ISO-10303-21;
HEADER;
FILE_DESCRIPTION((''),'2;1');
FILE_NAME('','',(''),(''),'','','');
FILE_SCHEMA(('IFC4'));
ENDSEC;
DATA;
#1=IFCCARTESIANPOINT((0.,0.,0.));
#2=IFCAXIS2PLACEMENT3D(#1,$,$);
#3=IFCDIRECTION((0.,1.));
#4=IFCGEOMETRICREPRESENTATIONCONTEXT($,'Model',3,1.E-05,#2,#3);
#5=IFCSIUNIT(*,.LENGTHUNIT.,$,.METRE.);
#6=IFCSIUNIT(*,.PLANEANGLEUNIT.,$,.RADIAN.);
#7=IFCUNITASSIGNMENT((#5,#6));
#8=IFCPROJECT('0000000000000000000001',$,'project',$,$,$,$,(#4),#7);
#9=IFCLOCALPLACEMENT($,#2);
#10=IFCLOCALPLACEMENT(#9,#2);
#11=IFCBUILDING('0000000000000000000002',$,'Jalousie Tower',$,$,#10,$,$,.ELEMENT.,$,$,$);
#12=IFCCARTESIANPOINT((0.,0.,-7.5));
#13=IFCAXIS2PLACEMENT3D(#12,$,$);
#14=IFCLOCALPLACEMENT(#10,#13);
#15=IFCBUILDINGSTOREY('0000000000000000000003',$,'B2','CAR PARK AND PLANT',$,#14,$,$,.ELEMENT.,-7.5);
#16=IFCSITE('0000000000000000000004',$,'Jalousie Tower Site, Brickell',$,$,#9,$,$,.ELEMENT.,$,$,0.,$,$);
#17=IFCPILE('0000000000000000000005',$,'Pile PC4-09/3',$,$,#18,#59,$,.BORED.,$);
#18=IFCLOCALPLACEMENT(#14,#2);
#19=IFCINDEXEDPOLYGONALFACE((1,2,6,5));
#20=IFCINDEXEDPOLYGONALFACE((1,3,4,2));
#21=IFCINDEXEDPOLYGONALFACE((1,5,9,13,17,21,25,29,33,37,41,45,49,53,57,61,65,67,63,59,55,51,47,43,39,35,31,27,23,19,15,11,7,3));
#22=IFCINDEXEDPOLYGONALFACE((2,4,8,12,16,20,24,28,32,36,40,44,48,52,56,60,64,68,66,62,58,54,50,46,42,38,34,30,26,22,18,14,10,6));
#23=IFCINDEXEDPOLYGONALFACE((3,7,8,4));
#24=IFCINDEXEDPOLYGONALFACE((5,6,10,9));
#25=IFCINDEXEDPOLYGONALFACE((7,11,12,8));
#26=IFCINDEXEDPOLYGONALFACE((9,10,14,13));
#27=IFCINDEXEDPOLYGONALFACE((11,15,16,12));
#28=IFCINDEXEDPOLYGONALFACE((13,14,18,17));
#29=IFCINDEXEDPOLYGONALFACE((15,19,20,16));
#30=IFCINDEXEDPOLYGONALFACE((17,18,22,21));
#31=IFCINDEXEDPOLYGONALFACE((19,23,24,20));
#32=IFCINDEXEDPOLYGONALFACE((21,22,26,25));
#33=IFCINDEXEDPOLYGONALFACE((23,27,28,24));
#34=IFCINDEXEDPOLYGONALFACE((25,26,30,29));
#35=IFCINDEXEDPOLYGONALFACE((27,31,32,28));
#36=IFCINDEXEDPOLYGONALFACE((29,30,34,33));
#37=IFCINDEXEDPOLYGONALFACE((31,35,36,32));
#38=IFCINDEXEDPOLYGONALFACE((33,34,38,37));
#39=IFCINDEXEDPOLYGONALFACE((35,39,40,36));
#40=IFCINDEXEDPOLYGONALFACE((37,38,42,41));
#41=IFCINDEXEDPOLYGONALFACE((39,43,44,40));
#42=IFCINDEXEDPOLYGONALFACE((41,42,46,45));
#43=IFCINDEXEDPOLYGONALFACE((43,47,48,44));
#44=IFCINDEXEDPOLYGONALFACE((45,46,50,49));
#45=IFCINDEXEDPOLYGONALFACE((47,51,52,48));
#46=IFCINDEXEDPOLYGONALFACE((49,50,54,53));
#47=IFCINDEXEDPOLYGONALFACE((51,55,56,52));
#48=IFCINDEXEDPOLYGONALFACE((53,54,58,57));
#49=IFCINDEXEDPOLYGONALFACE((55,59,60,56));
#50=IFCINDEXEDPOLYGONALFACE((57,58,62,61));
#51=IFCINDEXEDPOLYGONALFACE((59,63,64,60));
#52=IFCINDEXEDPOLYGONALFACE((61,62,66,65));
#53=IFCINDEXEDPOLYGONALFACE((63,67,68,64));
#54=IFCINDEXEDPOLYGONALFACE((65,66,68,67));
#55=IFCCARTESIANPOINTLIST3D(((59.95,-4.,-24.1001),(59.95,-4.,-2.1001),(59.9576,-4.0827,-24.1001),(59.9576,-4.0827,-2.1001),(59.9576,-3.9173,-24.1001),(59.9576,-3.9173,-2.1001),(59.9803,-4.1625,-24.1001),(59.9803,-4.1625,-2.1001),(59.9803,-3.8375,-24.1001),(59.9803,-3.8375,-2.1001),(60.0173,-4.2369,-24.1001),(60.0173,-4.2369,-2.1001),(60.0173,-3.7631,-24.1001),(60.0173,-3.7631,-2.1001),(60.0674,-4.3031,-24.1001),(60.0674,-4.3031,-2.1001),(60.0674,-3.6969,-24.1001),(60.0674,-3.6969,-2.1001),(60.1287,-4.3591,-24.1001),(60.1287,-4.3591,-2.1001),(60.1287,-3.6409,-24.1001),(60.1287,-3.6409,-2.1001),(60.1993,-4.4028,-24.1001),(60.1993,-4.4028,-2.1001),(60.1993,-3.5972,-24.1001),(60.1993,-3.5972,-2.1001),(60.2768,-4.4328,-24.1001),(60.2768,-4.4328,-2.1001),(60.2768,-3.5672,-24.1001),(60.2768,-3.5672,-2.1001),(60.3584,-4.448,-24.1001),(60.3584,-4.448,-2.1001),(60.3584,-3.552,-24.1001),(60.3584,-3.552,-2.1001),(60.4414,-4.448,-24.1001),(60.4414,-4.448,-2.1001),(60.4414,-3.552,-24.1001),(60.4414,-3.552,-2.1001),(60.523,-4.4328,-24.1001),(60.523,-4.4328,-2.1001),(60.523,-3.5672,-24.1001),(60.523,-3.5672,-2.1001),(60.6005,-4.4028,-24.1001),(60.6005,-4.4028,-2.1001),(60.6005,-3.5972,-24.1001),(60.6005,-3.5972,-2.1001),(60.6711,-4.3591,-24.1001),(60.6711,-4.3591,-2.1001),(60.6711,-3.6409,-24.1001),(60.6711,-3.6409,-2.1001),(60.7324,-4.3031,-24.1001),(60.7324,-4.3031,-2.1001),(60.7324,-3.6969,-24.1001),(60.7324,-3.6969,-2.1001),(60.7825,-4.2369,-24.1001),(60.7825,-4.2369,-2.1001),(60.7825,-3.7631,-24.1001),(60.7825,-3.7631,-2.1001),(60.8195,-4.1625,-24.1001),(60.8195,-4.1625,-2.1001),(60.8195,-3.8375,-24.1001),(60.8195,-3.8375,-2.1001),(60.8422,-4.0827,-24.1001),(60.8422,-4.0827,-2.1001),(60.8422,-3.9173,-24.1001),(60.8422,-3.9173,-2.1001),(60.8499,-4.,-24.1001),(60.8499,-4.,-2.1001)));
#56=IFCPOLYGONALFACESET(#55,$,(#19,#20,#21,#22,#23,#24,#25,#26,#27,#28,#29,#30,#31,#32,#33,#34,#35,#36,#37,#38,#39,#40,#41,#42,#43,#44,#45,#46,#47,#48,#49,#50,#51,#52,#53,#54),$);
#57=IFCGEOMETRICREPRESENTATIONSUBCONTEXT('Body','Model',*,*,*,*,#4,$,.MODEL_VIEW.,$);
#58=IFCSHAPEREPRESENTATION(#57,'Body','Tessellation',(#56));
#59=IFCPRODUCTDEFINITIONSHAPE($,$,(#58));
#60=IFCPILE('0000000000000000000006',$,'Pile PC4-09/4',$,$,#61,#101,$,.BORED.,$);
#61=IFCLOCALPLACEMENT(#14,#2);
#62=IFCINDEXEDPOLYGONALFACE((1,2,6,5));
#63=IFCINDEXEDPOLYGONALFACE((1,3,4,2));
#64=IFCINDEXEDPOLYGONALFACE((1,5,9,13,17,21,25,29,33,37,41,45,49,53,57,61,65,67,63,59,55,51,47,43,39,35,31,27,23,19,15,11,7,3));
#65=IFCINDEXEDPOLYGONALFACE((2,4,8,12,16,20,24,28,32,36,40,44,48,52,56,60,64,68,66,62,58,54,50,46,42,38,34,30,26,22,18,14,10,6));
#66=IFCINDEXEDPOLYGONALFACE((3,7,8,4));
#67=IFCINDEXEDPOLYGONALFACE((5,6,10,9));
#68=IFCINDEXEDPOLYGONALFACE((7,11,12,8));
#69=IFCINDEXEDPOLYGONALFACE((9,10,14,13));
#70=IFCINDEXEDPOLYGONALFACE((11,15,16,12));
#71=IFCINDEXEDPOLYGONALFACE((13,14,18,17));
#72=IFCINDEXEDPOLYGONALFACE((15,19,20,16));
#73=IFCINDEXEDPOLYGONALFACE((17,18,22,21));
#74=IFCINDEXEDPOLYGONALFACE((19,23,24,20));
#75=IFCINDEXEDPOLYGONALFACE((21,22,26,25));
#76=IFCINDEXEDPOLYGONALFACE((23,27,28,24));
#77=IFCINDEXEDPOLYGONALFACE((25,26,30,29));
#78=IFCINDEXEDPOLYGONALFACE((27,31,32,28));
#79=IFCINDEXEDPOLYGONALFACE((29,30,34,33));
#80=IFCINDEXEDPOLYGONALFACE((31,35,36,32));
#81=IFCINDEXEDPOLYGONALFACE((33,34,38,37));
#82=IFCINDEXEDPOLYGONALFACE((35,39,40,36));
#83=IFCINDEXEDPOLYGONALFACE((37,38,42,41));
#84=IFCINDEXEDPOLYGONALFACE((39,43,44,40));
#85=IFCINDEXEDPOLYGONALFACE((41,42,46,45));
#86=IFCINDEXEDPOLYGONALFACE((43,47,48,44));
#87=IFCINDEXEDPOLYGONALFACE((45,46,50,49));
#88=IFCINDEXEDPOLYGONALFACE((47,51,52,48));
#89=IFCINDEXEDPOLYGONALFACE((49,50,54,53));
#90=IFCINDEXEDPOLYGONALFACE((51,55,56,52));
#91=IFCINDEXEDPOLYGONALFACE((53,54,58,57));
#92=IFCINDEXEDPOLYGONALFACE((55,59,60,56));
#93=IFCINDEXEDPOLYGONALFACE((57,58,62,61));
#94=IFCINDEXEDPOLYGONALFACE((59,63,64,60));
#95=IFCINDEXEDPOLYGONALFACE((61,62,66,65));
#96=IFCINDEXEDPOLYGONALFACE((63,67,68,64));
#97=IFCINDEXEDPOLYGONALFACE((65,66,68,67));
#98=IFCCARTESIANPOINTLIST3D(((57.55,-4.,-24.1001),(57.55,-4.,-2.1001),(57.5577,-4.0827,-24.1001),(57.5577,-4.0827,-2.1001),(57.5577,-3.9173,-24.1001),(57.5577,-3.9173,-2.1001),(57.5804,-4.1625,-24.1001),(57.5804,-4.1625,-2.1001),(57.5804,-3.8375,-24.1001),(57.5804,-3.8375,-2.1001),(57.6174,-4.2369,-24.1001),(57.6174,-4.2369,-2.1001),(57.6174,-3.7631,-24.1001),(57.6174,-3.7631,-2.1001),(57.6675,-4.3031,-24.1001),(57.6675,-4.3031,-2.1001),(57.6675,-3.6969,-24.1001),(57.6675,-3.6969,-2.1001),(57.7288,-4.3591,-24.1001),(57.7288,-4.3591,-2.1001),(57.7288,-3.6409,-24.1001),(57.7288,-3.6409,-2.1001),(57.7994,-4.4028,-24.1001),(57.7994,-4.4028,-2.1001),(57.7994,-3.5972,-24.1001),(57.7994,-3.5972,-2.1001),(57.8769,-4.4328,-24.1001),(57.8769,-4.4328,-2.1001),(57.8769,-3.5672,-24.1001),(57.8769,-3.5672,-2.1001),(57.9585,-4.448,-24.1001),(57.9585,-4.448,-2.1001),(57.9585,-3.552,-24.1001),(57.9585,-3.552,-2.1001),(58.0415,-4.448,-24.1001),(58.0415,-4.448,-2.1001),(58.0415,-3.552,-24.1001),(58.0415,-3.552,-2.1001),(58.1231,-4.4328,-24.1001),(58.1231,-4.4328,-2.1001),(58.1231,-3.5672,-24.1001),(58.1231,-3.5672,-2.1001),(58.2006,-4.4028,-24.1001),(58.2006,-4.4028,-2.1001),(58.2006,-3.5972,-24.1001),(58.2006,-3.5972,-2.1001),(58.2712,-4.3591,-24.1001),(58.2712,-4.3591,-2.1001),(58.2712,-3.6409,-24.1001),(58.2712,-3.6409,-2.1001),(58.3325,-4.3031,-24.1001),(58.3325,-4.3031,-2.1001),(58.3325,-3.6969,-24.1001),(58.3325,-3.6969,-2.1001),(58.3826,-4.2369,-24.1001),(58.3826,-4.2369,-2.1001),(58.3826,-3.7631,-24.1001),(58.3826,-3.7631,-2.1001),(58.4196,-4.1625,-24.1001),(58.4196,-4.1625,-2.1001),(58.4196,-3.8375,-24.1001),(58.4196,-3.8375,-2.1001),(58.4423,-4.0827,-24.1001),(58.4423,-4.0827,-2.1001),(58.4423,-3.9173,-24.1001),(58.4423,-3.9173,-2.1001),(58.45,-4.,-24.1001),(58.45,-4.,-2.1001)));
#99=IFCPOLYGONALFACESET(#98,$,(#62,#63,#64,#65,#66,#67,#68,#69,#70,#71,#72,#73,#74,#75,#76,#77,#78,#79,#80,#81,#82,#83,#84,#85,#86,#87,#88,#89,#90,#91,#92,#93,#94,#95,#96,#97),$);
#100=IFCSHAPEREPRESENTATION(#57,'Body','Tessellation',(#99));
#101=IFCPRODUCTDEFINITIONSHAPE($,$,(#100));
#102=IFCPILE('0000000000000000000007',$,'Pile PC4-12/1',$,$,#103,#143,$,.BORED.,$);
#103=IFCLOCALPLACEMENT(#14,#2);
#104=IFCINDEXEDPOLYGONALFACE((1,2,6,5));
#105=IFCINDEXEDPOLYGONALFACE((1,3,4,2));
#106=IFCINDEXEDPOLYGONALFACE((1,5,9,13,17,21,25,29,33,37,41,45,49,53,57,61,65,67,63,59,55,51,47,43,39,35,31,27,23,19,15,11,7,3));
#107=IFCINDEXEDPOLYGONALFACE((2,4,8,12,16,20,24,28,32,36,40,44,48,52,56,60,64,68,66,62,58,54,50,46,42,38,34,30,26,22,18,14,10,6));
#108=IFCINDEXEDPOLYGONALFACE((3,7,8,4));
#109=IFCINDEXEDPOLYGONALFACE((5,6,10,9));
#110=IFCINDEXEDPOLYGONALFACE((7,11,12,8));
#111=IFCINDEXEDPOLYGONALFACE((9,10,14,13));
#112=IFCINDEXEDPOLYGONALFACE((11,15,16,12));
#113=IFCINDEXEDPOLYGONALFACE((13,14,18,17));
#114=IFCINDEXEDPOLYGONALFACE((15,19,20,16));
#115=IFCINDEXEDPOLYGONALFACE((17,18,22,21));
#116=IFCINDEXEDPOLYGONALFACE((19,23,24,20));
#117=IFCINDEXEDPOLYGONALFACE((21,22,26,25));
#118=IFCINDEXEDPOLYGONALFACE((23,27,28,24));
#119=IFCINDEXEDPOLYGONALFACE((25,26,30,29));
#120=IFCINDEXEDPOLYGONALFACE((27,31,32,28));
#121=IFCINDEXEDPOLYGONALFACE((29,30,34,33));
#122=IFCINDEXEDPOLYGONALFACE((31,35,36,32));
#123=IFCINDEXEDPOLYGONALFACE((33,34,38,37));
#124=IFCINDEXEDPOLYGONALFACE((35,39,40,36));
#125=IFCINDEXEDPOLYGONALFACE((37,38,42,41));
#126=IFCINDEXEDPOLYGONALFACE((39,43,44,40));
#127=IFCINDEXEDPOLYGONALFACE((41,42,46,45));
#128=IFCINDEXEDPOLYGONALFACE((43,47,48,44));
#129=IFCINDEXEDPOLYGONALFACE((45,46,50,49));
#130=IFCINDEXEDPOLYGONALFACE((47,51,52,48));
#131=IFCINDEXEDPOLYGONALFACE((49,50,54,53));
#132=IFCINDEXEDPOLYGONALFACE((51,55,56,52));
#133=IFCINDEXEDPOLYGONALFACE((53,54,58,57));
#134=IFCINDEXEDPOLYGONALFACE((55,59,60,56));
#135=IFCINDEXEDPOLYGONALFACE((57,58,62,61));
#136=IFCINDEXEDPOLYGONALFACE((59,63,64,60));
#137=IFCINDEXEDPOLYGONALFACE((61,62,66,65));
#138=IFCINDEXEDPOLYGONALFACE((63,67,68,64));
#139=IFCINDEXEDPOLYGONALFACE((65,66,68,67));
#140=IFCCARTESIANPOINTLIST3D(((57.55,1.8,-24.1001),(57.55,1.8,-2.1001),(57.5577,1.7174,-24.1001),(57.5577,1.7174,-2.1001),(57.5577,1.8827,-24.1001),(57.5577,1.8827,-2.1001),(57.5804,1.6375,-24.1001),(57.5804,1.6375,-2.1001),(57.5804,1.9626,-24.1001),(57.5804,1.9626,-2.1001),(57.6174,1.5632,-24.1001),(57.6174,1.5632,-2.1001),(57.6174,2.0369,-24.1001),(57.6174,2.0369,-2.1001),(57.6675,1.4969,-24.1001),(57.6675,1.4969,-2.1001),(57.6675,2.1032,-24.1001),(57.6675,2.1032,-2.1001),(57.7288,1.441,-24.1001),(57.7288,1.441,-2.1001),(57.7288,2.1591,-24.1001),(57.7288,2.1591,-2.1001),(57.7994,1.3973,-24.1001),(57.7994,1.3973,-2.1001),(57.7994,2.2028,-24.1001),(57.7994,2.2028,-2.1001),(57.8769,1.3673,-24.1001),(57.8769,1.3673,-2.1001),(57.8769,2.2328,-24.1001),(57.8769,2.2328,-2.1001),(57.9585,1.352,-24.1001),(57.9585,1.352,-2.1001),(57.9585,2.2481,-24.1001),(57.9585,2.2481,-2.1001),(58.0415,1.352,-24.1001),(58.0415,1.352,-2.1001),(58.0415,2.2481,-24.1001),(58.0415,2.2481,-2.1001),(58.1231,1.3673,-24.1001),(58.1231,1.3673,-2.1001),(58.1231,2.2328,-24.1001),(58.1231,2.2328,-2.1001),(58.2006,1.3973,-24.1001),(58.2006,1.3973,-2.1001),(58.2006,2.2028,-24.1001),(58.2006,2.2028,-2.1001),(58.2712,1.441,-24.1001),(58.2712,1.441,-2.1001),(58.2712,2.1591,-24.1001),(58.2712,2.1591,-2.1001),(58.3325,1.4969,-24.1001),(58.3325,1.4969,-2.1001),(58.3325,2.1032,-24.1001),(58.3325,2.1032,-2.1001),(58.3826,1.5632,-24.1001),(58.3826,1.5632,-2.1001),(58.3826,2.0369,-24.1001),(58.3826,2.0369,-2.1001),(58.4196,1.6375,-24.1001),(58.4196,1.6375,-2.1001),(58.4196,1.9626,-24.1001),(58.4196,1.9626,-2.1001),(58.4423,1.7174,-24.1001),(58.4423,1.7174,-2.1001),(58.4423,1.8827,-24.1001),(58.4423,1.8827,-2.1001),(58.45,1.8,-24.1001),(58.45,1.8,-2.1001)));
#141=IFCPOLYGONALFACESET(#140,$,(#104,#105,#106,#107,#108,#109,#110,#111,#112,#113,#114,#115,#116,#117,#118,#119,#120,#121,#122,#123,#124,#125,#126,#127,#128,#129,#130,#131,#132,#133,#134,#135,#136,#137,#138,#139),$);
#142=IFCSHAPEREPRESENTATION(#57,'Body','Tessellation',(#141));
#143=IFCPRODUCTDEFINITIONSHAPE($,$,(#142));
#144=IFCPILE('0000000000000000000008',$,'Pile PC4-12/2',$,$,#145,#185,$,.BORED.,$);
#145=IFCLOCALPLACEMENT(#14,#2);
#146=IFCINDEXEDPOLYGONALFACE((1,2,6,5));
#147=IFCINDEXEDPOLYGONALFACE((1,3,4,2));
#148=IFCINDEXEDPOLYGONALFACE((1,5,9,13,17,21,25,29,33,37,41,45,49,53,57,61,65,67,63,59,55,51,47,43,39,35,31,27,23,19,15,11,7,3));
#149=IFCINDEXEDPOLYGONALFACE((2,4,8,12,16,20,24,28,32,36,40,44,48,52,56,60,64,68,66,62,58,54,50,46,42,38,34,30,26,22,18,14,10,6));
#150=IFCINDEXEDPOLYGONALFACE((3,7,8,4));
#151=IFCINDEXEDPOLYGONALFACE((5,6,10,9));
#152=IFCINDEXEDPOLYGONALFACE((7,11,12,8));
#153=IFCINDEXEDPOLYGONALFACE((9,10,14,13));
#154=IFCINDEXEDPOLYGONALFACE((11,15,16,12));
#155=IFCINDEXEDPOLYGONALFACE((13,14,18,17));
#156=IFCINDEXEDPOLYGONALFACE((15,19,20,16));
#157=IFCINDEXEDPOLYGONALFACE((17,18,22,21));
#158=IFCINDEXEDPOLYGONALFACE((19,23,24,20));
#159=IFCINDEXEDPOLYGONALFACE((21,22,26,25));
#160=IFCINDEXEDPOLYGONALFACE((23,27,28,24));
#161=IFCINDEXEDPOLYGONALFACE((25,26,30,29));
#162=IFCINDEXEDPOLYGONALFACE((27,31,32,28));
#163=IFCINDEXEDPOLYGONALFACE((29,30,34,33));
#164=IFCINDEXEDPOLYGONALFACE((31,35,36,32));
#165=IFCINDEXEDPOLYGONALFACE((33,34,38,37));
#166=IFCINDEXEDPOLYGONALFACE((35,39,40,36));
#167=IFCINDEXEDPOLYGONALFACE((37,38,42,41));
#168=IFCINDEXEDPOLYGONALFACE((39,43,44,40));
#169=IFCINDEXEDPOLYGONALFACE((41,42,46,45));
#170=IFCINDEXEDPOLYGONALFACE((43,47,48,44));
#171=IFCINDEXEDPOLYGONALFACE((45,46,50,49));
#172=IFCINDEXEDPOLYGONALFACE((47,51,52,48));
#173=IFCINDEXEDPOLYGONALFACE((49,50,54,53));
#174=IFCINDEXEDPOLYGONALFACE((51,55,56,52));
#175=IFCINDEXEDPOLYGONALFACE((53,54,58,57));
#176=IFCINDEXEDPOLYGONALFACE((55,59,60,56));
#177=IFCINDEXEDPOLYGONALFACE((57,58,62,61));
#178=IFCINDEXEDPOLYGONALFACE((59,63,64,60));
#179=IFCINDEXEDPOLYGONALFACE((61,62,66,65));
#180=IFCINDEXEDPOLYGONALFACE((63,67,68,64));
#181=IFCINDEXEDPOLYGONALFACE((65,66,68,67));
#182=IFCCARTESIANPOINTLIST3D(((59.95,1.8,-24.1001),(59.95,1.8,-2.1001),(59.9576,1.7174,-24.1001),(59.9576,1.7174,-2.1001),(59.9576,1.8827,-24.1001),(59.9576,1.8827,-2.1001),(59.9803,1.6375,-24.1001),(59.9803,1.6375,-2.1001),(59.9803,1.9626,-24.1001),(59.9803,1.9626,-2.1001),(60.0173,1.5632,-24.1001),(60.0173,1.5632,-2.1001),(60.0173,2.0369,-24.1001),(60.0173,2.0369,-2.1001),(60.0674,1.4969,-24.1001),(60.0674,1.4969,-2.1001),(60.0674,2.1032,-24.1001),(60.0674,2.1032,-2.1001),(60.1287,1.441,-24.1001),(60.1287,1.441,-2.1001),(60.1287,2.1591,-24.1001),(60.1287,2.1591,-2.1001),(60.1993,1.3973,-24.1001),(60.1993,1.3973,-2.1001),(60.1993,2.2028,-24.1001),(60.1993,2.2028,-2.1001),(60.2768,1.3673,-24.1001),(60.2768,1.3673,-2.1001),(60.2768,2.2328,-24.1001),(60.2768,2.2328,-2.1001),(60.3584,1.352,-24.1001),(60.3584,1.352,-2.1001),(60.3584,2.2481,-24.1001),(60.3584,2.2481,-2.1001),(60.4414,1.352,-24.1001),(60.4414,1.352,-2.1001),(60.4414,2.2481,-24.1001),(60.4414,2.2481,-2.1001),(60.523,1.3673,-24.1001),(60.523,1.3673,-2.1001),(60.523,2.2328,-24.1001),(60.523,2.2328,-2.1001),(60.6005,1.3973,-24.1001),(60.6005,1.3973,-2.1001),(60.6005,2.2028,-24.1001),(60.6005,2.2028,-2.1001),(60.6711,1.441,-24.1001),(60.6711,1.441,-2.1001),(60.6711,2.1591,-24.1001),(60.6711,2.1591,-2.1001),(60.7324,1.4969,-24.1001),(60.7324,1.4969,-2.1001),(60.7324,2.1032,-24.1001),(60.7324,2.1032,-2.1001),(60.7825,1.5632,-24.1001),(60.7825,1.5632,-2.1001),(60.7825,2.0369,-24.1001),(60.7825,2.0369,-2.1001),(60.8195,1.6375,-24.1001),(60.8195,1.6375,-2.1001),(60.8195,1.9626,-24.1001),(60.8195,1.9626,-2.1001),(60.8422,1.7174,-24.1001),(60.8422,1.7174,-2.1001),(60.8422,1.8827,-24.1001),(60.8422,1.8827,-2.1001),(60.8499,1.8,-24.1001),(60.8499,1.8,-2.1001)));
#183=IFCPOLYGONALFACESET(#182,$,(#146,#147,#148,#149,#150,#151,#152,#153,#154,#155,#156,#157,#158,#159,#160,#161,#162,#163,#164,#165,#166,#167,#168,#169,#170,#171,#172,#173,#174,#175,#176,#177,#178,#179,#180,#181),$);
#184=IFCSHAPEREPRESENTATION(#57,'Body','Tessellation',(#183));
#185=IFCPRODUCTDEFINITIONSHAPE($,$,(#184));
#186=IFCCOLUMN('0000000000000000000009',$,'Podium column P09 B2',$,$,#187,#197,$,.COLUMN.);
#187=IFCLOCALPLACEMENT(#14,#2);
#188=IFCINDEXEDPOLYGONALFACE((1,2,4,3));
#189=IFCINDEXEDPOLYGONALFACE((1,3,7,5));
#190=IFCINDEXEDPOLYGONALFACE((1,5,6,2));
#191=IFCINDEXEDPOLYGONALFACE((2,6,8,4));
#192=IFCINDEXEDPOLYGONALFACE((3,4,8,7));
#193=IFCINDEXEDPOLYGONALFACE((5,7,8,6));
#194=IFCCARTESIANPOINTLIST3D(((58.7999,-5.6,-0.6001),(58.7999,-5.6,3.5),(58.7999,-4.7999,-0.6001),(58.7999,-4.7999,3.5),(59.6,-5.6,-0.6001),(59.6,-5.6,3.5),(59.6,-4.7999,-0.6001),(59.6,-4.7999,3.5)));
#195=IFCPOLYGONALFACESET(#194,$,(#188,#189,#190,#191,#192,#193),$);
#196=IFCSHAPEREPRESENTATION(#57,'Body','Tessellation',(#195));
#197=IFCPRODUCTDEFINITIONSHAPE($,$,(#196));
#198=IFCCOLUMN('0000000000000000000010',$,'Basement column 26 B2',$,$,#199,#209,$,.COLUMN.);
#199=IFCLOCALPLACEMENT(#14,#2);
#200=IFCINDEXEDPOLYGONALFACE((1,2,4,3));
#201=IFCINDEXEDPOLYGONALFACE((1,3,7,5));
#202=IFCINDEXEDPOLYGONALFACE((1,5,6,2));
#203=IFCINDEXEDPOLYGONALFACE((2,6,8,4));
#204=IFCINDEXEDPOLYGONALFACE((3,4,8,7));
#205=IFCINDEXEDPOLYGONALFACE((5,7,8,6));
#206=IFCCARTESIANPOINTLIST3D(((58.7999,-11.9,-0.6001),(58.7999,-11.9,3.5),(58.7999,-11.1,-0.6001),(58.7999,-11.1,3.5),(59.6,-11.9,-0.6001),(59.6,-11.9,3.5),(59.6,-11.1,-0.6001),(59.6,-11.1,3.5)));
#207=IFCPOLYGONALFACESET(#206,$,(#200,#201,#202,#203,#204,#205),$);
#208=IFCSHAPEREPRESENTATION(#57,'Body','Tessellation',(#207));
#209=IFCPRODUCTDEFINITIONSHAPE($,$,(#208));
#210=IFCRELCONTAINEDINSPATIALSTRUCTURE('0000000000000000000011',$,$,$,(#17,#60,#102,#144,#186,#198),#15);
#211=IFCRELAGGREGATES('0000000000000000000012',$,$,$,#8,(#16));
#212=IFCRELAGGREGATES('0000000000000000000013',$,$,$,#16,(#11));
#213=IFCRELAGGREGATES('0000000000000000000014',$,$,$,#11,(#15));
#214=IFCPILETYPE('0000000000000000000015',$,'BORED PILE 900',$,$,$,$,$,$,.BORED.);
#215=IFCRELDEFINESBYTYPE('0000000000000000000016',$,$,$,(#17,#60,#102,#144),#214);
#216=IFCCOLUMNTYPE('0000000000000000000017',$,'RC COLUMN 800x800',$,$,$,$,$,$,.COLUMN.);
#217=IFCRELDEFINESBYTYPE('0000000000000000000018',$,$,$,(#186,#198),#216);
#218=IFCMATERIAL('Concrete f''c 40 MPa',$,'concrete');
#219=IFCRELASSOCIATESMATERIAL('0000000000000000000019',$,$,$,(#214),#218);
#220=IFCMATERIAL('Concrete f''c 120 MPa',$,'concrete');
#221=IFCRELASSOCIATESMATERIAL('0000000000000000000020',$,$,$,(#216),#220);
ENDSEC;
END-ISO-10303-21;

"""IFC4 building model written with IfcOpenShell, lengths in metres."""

from ifc_helpers import new_model, si_unit, direction, frame, origin, origin_2d, place, context, subcontext, project, spatial, rectangle, circle, extrude, material, material_profile, profile_set, type_object, element, save


model = new_model("IFC4")

# Units and contexts
model_context = context("Model", 3, precision=1e-05, world=origin(), true_north=direction((0.0, 1.0)))
body_context = subcontext(model_context, "Body", "Model", "MODEL_VIEW")
ifc_project = project(units=[si_unit("LENGTHUNIT", "METRE"), si_unit("PLANEANGLEUNIT", "RADIAN")], contexts=[model_context])

# Site, building, storey
site_placement = place(None, origin())
site = spatial("IfcSite", under=ifc_project, at=site_placement, Name="Jalousie Tower Site, Brickell", CompositionType="ELEMENT", RefElevation=0.0)
building_placement = place(site_placement, origin())
building = spatial("IfcBuilding", under=site, at=building_placement, Name="Jalousie Tower", CompositionType="ELEMENT")
storey_placement = place(building_placement, frame((0.0, 0.0, -7.5)))
storey = spatial("IfcBuildingStorey", under=building, at=storey_placement, Name="B2", Description="CAR PARK AND PLANT", CompositionType="ELEMENT", Elevation=-7.5)

# Piles
ifc_material_1 = material(Name="Concrete f'c 40 MPa", Category="concrete")
ifc_material_profile_1 = material_profile(ifc_material_1, circle(Radius=0.45, at=origin_2d()), Name="BORED PILE D900")
ifc_profile_set_1 = profile_set([ifc_material_profile_1], Name="Concrete f'c 40 MPa")
pile_type = type_object("IfcPileType", Name="BORED PILE 900", PredefinedType="BORED", material=ifc_profile_set_1)
for number, where, z_axis, x_axis, name in (
    (1, (60.3999, -4.0, -2.1001), (0.0, 0.0, -1.0), (1.0, 0.0, 0.0), "Pile PC4-09/3"),
    (2, (58.0, -4.0, -2.1001), (0.0, 0.0, -1.0), (1.0, 0.0, 0.0), "Pile PC4-09/4"),
    (3, (58.0, 1.8, -2.1001), (0.0, 0.0, -1.0), (1.0, 0.0, 0.0), "Pile PC4-12/1"),
    (4, (60.3999, 1.8, -2.1001), (0.0, 0.0, -1.0), (1.0, 0.0, 0.0), "Pile PC4-12/2"),
):
    element("IfcPile", number, at=place(storey_placement, frame(where, z_axis=z_axis, x_axis=x_axis)), inside=storey, type_object=pile_type, Name=name, PredefinedType="BORED", context=body_context, shape_type="SweptSolid", body=[
        extrude(circle(Radius=0.45, at=origin_2d()), origin(), (0.0, 0.0, 1.0), 22.0),
    ])

# Columns
ifc_material_2 = material(Name="Concrete f'c 120 MPa", Category="concrete")
ifc_material_profile_2 = material_profile(ifc_material_2, rectangle(XDim=0.8, YDim=0.8, at=origin_2d()), Name="RC 800x800")
ifc_profile_set_2 = profile_set([ifc_material_profile_2], Name="Concrete f'c 120 MPa")
column_type = type_object("IfcColumnType", Name="RC COLUMN 800x800", PredefinedType="COLUMN", material=ifc_profile_set_2)
for number, where, z_axis, x_axis, name in (
    (5, (59.2, -5.2, -0.6001), (0.0, 0.0, 1.0), (1.0, 0.0, 0.0), "Podium column P09 B2"),
    (6, (59.2, -11.5, -0.6001), (0.0, 0.0, 1.0), (1.0, 0.0, 0.0), "Basement column 26 B2"),
):
    element("IfcColumn", number, at=place(storey_placement, frame(where, z_axis=z_axis, x_axis=x_axis)), inside=storey, type_object=column_type, Name=name, PredefinedType="COLUMN", context=body_context, shape_type="SweptSolid", body=[
        extrude(rectangle(XDim=0.8, YDim=0.8, at=origin_2d()), origin(), (0.0, 0.0, 1.0), 4.1001),
    ])

save(model, "model.ifc")
